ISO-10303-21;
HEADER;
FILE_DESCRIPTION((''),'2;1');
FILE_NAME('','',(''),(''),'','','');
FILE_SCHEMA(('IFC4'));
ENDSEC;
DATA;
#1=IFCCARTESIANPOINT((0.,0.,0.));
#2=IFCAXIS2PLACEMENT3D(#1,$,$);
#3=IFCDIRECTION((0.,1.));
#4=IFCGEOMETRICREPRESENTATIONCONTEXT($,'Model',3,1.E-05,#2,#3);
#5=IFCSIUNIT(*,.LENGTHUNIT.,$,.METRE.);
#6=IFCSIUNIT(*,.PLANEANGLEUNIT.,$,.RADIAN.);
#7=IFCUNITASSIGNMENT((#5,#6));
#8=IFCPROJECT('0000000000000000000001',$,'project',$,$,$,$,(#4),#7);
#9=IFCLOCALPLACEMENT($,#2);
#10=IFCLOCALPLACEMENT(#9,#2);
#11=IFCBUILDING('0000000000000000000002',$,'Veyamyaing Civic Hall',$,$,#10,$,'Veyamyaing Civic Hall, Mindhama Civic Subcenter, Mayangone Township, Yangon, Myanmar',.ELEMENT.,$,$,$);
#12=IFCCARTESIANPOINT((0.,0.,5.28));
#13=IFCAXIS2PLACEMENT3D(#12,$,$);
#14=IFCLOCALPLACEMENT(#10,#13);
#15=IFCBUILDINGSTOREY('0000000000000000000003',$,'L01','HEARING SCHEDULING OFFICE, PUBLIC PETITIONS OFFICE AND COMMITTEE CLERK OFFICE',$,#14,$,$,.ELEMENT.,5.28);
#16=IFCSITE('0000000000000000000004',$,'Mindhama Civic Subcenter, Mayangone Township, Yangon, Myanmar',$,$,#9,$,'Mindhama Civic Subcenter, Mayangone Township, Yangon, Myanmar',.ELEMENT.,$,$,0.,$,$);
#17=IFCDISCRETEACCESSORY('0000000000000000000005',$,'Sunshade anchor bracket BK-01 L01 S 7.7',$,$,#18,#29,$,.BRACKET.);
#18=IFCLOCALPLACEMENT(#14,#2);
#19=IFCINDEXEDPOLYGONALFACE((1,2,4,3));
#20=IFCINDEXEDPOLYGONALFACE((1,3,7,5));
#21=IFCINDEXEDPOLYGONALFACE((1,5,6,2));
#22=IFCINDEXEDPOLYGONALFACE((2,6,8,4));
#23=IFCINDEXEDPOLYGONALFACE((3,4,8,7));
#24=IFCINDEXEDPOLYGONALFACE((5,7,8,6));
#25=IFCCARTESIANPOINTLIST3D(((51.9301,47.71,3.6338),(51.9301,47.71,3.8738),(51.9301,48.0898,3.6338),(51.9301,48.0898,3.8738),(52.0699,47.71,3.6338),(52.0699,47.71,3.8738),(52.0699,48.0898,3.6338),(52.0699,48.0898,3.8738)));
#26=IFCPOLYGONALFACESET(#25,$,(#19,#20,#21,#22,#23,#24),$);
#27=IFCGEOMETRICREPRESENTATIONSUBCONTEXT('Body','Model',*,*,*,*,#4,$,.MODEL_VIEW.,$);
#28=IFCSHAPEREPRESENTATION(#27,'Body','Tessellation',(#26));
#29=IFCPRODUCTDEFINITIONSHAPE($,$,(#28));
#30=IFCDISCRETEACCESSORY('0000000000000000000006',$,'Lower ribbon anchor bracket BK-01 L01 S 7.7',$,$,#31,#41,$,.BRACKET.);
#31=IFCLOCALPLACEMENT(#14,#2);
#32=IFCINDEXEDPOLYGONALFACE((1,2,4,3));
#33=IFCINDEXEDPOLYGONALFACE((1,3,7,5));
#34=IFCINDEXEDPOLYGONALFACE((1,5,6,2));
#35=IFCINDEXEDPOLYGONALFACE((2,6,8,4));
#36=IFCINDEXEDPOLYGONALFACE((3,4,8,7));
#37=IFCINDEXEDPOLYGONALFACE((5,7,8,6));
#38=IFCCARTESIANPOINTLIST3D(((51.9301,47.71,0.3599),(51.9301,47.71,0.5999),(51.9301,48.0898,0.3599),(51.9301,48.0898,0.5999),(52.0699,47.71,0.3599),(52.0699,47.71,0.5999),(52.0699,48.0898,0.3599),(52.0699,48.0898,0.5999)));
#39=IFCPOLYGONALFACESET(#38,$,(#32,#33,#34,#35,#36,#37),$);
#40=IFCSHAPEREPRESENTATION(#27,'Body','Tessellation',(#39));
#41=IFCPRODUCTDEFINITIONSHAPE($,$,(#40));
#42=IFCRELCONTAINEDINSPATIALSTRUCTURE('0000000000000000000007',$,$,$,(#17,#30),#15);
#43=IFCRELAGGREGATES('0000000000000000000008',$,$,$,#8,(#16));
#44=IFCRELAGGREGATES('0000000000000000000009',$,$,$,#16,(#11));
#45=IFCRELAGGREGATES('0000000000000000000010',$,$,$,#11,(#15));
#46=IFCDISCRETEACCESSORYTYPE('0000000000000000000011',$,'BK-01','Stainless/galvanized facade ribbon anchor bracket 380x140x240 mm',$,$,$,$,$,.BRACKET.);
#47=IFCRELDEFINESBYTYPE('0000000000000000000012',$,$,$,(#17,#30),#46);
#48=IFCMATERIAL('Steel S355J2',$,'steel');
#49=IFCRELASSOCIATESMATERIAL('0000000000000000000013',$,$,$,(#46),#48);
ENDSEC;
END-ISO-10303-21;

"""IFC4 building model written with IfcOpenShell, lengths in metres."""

from ifc_helpers import new_model, si_unit, direction, frame, origin, origin_2d, place, context, subcontext, project, spatial, rectangle, extrude, material, type_object, element, save


model = new_model("IFC4")

# Units and contexts
model_context = context("Model", 3, precision=1e-05, world=origin(), true_north=direction((0.0, 1.0)))
body_context = subcontext(model_context, "Body", "Model", "MODEL_VIEW")
ifc_project = project(units=[si_unit("LENGTHUNIT", "METRE"), si_unit("PLANEANGLEUNIT", "RADIAN")], contexts=[model_context])

# Site, building, storey
site_placement = place(None, origin())
site = spatial("IfcSite", under=ifc_project, at=site_placement, Name="Mindhama Civic Subcenter, Mayangone Township, Yangon, Myanmar", LongName="Mindhama Civic Subcenter, Mayangone Township, Yangon, Myanmar", CompositionType="ELEMENT", RefElevation=0.0)
building_placement = place(site_placement, origin())
building = spatial("IfcBuilding", under=site, at=building_placement, Name="Veyamyaing Civic Hall", LongName="Veyamyaing Civic Hall, Mindhama Civic Subcenter, Mayangone Township, Yangon, Myanmar", CompositionType="ELEMENT")
storey_placement = place(building_placement, frame((0.0, 0.0, 5.28)))
storey = spatial("IfcBuildingStorey", under=building, at=storey_placement, Name="L01", Description="HEARING SCHEDULING OFFICE, PUBLIC PETITIONS OFFICE AND COMMITTEE CLERK OFFICE", CompositionType="ELEMENT", Elevation=5.28)

# Discrete accessories
ifc_material_1 = material(Name="Steel S355J2", Category="steel")
discrete_accessory_type = type_object("IfcDiscreteAccessoryType", Name="BK-01", Description="Stainless/galvanized facade ribbon anchor bracket 380x140x240 mm", PredefinedType="BRACKET", material=ifc_material_1)
for number, where, z_axis, x_axis, name in (
    (1, (52.0, 47.8999, 3.6338), (0.0, 0.0, 1.0), (0.0, -1.0, 0.0), "Sunshade anchor bracket BK-01 L01 S 7.7"),
    (2, (52.0, 47.8999, 0.3599), (0.0, 0.0, 1.0), (0.0, -1.0, 0.0), "Lower ribbon anchor bracket BK-01 L01 S 7.7"),
):
    element("IfcDiscreteAccessory", number, at=place(storey_placement, frame(where, z_axis=z_axis, x_axis=x_axis)), inside=storey, type_object=discrete_accessory_type, Name=name, PredefinedType="BRACKET", context=body_context, shape_type="SweptSolid", body=[
        extrude(rectangle(XDim=0.3799, YDim=0.1399, at=origin_2d()), origin(), (0.0, 0.0, 1.0), 0.24),
    ])

save(model, "model.ifc")
